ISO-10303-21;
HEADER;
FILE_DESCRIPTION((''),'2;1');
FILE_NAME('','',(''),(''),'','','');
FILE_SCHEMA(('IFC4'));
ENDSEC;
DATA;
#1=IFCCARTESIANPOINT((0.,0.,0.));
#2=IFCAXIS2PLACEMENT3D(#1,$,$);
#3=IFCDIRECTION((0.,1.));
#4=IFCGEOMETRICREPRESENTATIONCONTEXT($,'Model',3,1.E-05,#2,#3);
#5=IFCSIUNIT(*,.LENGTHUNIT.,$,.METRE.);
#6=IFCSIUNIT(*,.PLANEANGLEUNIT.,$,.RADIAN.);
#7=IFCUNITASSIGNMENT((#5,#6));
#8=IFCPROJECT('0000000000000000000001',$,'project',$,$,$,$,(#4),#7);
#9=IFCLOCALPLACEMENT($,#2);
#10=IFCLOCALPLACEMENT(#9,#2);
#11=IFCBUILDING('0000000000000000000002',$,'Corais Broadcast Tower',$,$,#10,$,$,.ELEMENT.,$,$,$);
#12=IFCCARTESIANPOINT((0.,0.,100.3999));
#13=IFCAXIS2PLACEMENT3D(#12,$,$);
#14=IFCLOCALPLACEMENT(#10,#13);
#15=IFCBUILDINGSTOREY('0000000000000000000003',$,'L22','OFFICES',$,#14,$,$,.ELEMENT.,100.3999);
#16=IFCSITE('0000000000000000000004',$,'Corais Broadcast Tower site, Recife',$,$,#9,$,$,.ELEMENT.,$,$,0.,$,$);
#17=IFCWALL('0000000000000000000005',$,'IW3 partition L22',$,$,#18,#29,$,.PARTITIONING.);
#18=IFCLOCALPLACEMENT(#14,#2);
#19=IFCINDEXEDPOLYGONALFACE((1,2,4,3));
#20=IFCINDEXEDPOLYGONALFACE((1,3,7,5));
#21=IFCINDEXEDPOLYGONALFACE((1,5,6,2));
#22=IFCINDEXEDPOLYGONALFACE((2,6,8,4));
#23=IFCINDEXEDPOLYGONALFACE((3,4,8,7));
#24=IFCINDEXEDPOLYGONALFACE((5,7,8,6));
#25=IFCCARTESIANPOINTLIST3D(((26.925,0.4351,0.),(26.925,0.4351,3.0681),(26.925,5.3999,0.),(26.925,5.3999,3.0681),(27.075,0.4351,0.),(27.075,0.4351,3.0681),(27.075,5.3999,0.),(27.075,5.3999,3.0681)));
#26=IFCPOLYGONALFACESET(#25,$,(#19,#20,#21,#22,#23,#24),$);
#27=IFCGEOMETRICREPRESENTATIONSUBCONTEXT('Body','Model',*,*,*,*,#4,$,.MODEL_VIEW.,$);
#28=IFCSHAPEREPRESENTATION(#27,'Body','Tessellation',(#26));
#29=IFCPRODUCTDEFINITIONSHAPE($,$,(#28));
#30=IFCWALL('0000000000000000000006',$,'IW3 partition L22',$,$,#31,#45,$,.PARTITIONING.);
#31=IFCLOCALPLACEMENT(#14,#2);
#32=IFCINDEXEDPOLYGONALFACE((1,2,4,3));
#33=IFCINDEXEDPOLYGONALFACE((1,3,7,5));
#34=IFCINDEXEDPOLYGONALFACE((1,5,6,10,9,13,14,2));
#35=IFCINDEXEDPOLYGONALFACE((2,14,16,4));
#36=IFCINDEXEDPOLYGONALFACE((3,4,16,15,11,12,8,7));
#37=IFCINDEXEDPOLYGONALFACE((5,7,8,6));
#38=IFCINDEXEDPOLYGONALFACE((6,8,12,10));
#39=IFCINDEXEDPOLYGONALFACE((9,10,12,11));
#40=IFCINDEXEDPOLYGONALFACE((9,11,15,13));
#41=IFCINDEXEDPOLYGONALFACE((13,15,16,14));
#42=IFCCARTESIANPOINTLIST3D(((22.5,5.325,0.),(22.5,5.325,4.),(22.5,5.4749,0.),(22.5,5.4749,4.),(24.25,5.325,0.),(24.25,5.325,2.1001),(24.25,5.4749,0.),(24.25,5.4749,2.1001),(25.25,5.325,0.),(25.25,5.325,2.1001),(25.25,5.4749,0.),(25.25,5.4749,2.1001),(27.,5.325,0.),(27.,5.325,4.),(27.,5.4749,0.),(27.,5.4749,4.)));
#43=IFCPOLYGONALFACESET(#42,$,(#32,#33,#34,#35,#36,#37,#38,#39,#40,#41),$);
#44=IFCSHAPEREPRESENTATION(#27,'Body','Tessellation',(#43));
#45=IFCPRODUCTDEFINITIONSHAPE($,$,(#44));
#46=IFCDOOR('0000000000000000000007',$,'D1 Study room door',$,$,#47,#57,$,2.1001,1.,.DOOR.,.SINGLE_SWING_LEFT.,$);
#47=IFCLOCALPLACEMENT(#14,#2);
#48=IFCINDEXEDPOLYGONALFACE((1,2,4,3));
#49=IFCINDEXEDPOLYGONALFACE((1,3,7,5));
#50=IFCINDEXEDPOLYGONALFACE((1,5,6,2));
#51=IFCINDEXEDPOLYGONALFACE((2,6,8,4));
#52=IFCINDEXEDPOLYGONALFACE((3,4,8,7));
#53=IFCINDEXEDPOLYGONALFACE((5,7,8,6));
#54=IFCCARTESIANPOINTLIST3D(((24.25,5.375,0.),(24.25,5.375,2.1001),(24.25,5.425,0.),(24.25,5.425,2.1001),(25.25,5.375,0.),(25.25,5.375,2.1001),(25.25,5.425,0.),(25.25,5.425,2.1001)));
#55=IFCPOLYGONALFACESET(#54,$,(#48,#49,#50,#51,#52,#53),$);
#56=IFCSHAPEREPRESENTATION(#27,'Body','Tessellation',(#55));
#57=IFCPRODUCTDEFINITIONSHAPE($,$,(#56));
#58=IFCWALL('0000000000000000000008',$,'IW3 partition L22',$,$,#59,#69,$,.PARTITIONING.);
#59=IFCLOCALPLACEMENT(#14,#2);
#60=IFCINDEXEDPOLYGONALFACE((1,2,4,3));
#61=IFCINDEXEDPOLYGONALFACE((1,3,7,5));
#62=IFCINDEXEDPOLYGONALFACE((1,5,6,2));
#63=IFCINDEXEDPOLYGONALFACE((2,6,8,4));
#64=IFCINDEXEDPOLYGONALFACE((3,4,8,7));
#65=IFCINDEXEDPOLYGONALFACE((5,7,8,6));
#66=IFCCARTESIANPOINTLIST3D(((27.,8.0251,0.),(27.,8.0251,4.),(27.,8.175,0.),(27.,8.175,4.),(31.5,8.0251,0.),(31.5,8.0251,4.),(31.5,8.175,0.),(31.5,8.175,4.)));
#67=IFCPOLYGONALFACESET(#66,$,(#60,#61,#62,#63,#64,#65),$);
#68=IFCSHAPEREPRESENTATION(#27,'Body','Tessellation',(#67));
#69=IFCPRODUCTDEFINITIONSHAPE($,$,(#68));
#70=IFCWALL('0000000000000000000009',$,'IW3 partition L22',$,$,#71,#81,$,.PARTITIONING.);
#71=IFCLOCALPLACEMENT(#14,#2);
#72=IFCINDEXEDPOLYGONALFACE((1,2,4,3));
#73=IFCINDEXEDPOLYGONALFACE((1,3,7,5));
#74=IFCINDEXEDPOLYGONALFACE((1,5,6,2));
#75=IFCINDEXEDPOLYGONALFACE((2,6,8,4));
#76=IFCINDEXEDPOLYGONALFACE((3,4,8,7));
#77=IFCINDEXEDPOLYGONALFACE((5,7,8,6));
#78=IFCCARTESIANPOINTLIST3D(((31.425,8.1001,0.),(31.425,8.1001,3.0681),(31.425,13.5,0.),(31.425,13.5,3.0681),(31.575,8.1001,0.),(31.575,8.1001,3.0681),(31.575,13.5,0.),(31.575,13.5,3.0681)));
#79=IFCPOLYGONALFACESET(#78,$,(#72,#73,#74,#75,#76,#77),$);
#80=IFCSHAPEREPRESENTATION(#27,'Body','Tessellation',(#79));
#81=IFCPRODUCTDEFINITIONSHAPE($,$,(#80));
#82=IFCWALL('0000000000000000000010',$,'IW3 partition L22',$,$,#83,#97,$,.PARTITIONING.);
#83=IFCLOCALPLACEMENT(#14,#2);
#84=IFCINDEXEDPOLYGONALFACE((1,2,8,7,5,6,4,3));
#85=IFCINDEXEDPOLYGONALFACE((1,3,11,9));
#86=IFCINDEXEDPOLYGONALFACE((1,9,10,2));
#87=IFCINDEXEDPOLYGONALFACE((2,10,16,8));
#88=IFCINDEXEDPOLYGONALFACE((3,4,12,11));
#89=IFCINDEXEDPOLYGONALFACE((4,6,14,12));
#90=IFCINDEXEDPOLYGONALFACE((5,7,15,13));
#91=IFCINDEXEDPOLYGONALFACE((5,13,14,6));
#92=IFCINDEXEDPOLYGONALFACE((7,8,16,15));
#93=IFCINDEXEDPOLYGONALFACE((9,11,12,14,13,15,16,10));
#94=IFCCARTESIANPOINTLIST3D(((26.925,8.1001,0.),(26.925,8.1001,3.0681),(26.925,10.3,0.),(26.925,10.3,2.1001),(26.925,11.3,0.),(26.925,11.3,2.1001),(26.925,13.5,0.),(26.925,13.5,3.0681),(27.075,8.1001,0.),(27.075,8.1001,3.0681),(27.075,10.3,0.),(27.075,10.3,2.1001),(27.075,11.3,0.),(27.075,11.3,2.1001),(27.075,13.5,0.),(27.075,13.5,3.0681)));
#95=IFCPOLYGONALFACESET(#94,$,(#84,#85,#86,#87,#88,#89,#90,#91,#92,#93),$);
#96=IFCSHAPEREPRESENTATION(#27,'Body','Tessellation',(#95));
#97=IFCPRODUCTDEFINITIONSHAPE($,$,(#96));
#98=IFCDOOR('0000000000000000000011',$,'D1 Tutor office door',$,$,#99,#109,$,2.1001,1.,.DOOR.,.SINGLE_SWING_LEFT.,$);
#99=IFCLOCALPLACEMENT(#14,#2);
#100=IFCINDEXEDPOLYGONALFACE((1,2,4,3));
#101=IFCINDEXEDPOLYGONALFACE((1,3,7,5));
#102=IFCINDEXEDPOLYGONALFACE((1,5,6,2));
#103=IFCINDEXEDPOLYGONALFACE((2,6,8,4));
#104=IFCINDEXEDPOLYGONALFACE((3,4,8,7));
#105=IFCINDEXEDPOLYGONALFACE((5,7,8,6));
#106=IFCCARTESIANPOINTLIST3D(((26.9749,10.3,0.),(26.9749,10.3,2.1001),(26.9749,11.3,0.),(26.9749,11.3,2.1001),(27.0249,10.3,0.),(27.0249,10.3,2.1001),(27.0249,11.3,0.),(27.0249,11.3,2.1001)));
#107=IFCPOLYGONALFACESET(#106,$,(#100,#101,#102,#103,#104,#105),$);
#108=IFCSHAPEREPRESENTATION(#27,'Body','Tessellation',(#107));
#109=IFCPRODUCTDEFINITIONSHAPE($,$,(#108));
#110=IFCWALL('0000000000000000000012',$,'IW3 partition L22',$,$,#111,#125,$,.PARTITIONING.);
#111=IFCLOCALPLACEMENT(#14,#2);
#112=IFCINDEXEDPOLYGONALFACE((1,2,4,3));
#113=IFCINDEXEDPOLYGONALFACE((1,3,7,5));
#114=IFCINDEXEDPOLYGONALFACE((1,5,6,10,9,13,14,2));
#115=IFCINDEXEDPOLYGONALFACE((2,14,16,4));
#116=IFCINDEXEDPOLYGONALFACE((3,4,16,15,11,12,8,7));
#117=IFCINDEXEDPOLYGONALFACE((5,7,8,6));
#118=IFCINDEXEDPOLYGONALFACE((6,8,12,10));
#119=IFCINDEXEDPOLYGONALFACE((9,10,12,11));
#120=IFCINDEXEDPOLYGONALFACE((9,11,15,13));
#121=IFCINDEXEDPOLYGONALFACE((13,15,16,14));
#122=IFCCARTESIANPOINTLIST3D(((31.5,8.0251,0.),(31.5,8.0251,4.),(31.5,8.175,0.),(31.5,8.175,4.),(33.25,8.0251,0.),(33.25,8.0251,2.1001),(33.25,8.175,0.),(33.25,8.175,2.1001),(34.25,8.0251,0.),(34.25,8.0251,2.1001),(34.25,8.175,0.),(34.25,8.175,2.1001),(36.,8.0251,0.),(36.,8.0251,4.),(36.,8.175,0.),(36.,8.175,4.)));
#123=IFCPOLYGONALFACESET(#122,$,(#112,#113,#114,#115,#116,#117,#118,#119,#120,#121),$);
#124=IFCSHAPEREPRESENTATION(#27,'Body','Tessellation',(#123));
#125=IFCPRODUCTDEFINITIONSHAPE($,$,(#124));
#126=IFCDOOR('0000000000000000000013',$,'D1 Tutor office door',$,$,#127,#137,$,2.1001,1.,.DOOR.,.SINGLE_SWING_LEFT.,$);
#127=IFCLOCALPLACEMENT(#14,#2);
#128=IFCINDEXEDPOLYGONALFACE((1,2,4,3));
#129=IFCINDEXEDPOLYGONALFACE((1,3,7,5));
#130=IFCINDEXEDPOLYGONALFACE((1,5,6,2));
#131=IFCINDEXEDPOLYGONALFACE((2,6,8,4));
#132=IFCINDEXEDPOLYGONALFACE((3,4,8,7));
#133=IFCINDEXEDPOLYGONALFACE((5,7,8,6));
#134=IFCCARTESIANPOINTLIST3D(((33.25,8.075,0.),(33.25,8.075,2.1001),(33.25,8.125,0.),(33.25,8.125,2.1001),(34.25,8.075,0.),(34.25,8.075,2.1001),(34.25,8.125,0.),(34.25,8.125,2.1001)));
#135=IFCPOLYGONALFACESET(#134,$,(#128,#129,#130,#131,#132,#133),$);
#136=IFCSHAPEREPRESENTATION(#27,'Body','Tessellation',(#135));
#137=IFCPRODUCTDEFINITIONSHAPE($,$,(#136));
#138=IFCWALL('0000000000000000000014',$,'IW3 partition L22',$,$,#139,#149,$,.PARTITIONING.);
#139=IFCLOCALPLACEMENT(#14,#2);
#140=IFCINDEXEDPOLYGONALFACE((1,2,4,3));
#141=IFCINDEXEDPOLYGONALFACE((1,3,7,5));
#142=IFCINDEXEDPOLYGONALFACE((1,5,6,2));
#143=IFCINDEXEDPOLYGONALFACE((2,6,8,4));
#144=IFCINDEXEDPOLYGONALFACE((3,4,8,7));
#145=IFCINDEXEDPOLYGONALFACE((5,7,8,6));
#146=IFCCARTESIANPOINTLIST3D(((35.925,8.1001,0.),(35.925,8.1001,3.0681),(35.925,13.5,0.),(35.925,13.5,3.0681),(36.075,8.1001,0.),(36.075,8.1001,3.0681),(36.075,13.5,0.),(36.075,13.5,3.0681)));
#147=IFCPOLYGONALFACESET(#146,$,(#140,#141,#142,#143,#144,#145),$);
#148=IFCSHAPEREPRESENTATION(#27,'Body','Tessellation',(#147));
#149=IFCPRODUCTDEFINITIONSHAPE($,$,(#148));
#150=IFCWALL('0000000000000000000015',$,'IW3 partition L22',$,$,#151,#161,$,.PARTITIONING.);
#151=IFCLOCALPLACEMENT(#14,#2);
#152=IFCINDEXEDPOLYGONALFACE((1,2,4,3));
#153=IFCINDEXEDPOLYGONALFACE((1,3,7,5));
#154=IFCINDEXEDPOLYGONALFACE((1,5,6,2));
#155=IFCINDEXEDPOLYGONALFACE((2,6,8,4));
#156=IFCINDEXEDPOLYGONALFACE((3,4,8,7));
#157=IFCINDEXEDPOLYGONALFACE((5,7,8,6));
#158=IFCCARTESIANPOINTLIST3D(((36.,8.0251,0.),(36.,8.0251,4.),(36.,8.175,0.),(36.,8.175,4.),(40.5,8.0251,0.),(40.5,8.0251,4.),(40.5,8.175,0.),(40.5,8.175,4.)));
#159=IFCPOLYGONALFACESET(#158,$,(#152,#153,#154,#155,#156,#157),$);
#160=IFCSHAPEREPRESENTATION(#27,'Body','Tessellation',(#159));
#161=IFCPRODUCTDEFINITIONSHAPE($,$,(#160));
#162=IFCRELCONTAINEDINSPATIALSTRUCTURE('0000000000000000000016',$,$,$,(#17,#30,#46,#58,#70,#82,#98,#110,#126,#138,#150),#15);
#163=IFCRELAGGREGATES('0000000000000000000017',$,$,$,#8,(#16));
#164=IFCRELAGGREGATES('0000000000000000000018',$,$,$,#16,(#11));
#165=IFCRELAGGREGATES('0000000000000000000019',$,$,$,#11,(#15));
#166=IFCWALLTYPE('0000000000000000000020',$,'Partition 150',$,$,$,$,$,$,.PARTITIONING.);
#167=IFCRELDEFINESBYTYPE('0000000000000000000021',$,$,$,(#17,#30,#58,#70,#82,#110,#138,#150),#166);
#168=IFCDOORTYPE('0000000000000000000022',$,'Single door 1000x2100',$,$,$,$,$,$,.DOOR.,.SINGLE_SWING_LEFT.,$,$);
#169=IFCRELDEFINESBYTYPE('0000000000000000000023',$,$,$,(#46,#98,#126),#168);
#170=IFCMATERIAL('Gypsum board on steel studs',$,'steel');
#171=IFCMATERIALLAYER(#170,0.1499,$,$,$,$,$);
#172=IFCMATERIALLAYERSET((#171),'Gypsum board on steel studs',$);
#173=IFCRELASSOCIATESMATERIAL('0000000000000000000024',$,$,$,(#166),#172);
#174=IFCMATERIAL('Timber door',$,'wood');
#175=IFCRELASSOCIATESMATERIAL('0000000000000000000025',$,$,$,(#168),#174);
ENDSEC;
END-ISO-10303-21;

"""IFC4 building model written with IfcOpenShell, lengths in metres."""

from ifc_helpers import new_model, si_unit, direction, frame, frame_2d, origin, place, context, subcontext, project, spatial, rectangle, extrude, material, layer, layer_set, type_object, element, fill, save


model = new_model("IFC4")

# Units and contexts
model_context = context("Model", 3, precision=1e-05, world=origin(), true_north=direction((0.0, 1.0)))
body_context = subcontext(model_context, "Body", "Model", "MODEL_VIEW")
ifc_project = project(units=[si_unit("LENGTHUNIT", "METRE"), si_unit("PLANEANGLEUNIT", "RADIAN")], contexts=[model_context])

# Site, building, storey
site_placement = place(None, origin())
site = spatial("IfcSite", under=ifc_project, at=site_placement, Name="Corais Broadcast Tower site, Recife", CompositionType="ELEMENT", RefElevation=0.0)
building_placement = place(site_placement, origin())
building = spatial("IfcBuilding", under=site, at=building_placement, Name="Corais Broadcast Tower", CompositionType="ELEMENT")
storey_placement = place(building_placement, frame((0.0, 0.0, 100.3999)))
storey = spatial("IfcBuildingStorey", under=building, at=storey_placement, Name="L22", Description="OFFICES", CompositionType="ELEMENT", Elevation=100.3999)

# Wall
ifc_material_1 = material(Name="Gypsum board on steel studs", Category="steel")
ifc_layer_1 = layer(ifc_material_1, 0.1499)
ifc_layer_set_1 = layer_set([ifc_layer_1], Name="Gypsum board on steel studs")
wall_type_1 = type_object("IfcWallType", Name="Partition 150", PredefinedType="PARTITIONING", material=ifc_layer_set_1)
wall_1_placement = place(storey_placement, frame((27.0, 0.4351, 0.0), z_axis=(0.0, 0.0, 1.0), x_axis=(0.0, 1.0, 0.0)))
element("IfcWall", 1, at=wall_1_placement, inside=storey, type_object=wall_type_1, Name="IW3 partition L22", PredefinedType="PARTITIONING", context=body_context, shape_type="SweptSolid", body=[
    extrude(rectangle(XDim=4.9648, YDim=0.1499, at=frame_2d((2.4824, 0.0))), origin(), (0.0, 0.0, 1.0), 3.0681),
])

# Wall, opening, door
wall_2_placement = place(storey_placement, frame((27.0, 5.3999, 0.0), z_axis=(0.0, 0.0, 1.0), x_axis=(-1.0, 0.0, 0.0)))
wall_2 = element("IfcWall", 2, at=wall_2_placement, inside=storey, type_object=wall_type_1, Name="IW3 partition L22", PredefinedType="PARTITIONING", context=body_context, shape_type="SweptSolid", body=[
    extrude(rectangle(XDim=4.5, YDim=0.1499, at=frame_2d((2.25, 0.0))), origin(), (0.0, 0.0, 1.0), 4.0),
])
opening_1_placement = place(wall_2_placement, frame((1.75, 0.0, 0.0)))
opening_1 = element("IfcOpeningElement", 3, at=opening_1_placement, cuts=wall_2, PredefinedType="OPENING", context=body_context, shape_type="SweptSolid", body=[
    extrude(rectangle(XDim=1.0, YDim=2.1001, at=frame_2d((0.5, 1.05))), frame((0.0, 0.085, 0.0), z_axis=(0.0, -1.0, 0.0), x_axis=(1.0, 0.0, 0.0)), (0.0, 0.0, 1.0), 0.1699),
])
ifc_material_2 = material(Name="Timber door", Category="wood")
door_type = type_object("IfcDoorType", Name="Single door 1000x2100", OperationType="SINGLE_SWING_LEFT", PredefinedType="DOOR", material=ifc_material_2)
door_1_placement = place(opening_1_placement, origin())
door_1 = element("IfcDoor", 4, at=door_1_placement, inside=storey, type_object=door_type, Name="D1 Study room door", OperationType="SINGLE_SWING_LEFT", OverallHeight=2.1001, OverallWidth=1.0, PredefinedType="DOOR", context=body_context, shape_type="SweptSolid", body=[
    extrude(rectangle(XDim=1.0, YDim=2.1001, at=frame_2d((0.5, 1.05))), frame((0.0, 0.0249, 0.0), z_axis=(0.0, -1.0, 0.0), x_axis=(1.0, 0.0, 0.0)), (0.0, 0.0, 1.0), 0.05),
])
fill(opening_1, door_1)

# Walls
wall_3_placement = place(storey_placement, frame((27.0, 8.1001, 0.0), z_axis=(0.0, 0.0, 1.0), x_axis=(1.0, 0.0, 0.0)))
element("IfcWall", 5, at=wall_3_placement, inside=storey, type_object=wall_type_1, Name="IW3 partition L22", PredefinedType="PARTITIONING", context=body_context, shape_type="SweptSolid", body=[
    extrude(rectangle(XDim=4.5, YDim=0.1499, at=frame_2d((2.25, 0.0))), origin(), (0.0, 0.0, 1.0), 4.0),
])
wall_4_placement = place(storey_placement, frame((31.5, 8.1001, 0.0), z_axis=(0.0, 0.0, 1.0), x_axis=(0.0, 1.0, 0.0)))
element("IfcWall", 6, at=wall_4_placement, inside=storey, type_object=wall_type_1, Name="IW3 partition L22", PredefinedType="PARTITIONING", context=body_context, shape_type="SweptSolid", body=[
    extrude(rectangle(XDim=5.3999, YDim=0.1499, at=frame_2d((2.7, 0.0))), origin(), (0.0, 0.0, 1.0), 3.0681),
])

# Walls, openings, doors
wall_5_placement = place(storey_placement, frame((27.0, 13.5, 0.0), z_axis=(0.0, 0.0, 1.0), x_axis=(0.0, -1.0, 0.0)))
wall_5 = element("IfcWall", 7, at=wall_5_placement, inside=storey, type_object=wall_type_1, Name="IW3 partition L22", PredefinedType="PARTITIONING", context=body_context, shape_type="SweptSolid", body=[
    extrude(rectangle(XDim=5.3999, YDim=0.1499, at=frame_2d((2.7, 0.0))), origin(), (0.0, 0.0, 1.0), 3.0681),
])
opening_2_placement = place(wall_5_placement, frame((2.2, 0.0, 0.0)))
opening_2 = element("IfcOpeningElement", 8, at=opening_2_placement, cuts=wall_5, PredefinedType="OPENING", context=body_context, shape_type="SweptSolid", body=[
    extrude(rectangle(XDim=1.0, YDim=2.1001, at=frame_2d((0.5, 1.05))), frame((0.0, 0.085, 0.0), z_axis=(0.0, -1.0, 0.0), x_axis=(1.0, 0.0, 0.0)), (0.0, 0.0, 1.0), 0.1699),
])
door_2_placement = place(opening_2_placement, origin())
door_2 = element("IfcDoor", 9, at=door_2_placement, inside=storey, type_object=door_type, Name="D1 Tutor office door", OperationType="SINGLE_SWING_LEFT", OverallHeight=2.1001, OverallWidth=1.0, PredefinedType="DOOR", context=body_context, shape_type="SweptSolid", body=[
    extrude(rectangle(XDim=1.0, YDim=2.1001, at=frame_2d((0.5, 1.05))), frame((0.0, 0.0249, 0.0), z_axis=(0.0, -1.0, 0.0), x_axis=(1.0, 0.0, 0.0)), (0.0, 0.0, 1.0), 0.05),
])
fill(opening_2, door_2)
wall_6_placement = place(storey_placement, frame((31.5, 8.1001, 0.0), z_axis=(0.0, 0.0, 1.0), x_axis=(1.0, 0.0, 0.0)))
wall_6 = element("IfcWall", 10, at=wall_6_placement, inside=storey, type_object=wall_type_1, Name="IW3 partition L22", PredefinedType="PARTITIONING", context=body_context, shape_type="SweptSolid", body=[
    extrude(rectangle(XDim=4.5, YDim=0.1499, at=frame_2d((2.25, 0.0))), origin(), (0.0, 0.0, 1.0), 4.0),
])
opening_3_placement = place(wall_6_placement, frame((1.75, 0.0, 0.0)))
opening_3 = element("IfcOpeningElement", 11, at=opening_3_placement, cuts=wall_6, PredefinedType="OPENING", context=body_context, shape_type="SweptSolid", body=[
    extrude(rectangle(XDim=1.0, YDim=2.1001, at=frame_2d((0.5, 1.05))), frame((0.0, 0.085, 0.0), z_axis=(0.0, -1.0, 0.0), x_axis=(1.0, 0.0, 0.0)), (0.0, 0.0, 1.0), 0.1699),
])
door_3_placement = place(opening_3_placement, origin())
door_3 = element("IfcDoor", 12, at=door_3_placement, inside=storey, type_object=door_type, Name="D1 Tutor office door", OperationType="SINGLE_SWING_LEFT", OverallHeight=2.1001, OverallWidth=1.0, PredefinedType="DOOR", context=body_context, shape_type="SweptSolid", body=[
    extrude(rectangle(XDim=1.0, YDim=2.1001, at=frame_2d((0.5, 1.05))), frame((0.0, 0.0249, 0.0), z_axis=(0.0, -1.0, 0.0), x_axis=(1.0, 0.0, 0.0)), (0.0, 0.0, 1.0), 0.05),
])
fill(opening_3, door_3)

# Walls
wall_7_placement = place(storey_placement, frame((36.0, 8.1001, 0.0), z_axis=(0.0, 0.0, 1.0), x_axis=(0.0, 1.0, 0.0)))
element("IfcWall", 13, at=wall_7_placement, inside=storey, type_object=wall_type_1, Name="IW3 partition L22", PredefinedType="PARTITIONING", context=body_context, shape_type="SweptSolid", body=[
    extrude(rectangle(XDim=5.3999, YDim=0.1499, at=frame_2d((2.7, 0.0))), origin(), (0.0, 0.0, 1.0), 3.0681),
])
wall_8_placement = place(storey_placement, frame((36.0, 8.1001, 0.0), z_axis=(0.0, 0.0, 1.0), x_axis=(1.0, 0.0, 0.0)))
element("IfcWall", 14, at=wall_8_placement, inside=storey, type_object=wall_type_1, Name="IW3 partition L22", PredefinedType="PARTITIONING", context=body_context, shape_type="SweptSolid", body=[
    extrude(rectangle(XDim=4.5, YDim=0.1499, at=frame_2d((2.25, 0.0))), origin(), (0.0, 0.0, 1.0), 4.0),
])

save(model, "model.ifc")
